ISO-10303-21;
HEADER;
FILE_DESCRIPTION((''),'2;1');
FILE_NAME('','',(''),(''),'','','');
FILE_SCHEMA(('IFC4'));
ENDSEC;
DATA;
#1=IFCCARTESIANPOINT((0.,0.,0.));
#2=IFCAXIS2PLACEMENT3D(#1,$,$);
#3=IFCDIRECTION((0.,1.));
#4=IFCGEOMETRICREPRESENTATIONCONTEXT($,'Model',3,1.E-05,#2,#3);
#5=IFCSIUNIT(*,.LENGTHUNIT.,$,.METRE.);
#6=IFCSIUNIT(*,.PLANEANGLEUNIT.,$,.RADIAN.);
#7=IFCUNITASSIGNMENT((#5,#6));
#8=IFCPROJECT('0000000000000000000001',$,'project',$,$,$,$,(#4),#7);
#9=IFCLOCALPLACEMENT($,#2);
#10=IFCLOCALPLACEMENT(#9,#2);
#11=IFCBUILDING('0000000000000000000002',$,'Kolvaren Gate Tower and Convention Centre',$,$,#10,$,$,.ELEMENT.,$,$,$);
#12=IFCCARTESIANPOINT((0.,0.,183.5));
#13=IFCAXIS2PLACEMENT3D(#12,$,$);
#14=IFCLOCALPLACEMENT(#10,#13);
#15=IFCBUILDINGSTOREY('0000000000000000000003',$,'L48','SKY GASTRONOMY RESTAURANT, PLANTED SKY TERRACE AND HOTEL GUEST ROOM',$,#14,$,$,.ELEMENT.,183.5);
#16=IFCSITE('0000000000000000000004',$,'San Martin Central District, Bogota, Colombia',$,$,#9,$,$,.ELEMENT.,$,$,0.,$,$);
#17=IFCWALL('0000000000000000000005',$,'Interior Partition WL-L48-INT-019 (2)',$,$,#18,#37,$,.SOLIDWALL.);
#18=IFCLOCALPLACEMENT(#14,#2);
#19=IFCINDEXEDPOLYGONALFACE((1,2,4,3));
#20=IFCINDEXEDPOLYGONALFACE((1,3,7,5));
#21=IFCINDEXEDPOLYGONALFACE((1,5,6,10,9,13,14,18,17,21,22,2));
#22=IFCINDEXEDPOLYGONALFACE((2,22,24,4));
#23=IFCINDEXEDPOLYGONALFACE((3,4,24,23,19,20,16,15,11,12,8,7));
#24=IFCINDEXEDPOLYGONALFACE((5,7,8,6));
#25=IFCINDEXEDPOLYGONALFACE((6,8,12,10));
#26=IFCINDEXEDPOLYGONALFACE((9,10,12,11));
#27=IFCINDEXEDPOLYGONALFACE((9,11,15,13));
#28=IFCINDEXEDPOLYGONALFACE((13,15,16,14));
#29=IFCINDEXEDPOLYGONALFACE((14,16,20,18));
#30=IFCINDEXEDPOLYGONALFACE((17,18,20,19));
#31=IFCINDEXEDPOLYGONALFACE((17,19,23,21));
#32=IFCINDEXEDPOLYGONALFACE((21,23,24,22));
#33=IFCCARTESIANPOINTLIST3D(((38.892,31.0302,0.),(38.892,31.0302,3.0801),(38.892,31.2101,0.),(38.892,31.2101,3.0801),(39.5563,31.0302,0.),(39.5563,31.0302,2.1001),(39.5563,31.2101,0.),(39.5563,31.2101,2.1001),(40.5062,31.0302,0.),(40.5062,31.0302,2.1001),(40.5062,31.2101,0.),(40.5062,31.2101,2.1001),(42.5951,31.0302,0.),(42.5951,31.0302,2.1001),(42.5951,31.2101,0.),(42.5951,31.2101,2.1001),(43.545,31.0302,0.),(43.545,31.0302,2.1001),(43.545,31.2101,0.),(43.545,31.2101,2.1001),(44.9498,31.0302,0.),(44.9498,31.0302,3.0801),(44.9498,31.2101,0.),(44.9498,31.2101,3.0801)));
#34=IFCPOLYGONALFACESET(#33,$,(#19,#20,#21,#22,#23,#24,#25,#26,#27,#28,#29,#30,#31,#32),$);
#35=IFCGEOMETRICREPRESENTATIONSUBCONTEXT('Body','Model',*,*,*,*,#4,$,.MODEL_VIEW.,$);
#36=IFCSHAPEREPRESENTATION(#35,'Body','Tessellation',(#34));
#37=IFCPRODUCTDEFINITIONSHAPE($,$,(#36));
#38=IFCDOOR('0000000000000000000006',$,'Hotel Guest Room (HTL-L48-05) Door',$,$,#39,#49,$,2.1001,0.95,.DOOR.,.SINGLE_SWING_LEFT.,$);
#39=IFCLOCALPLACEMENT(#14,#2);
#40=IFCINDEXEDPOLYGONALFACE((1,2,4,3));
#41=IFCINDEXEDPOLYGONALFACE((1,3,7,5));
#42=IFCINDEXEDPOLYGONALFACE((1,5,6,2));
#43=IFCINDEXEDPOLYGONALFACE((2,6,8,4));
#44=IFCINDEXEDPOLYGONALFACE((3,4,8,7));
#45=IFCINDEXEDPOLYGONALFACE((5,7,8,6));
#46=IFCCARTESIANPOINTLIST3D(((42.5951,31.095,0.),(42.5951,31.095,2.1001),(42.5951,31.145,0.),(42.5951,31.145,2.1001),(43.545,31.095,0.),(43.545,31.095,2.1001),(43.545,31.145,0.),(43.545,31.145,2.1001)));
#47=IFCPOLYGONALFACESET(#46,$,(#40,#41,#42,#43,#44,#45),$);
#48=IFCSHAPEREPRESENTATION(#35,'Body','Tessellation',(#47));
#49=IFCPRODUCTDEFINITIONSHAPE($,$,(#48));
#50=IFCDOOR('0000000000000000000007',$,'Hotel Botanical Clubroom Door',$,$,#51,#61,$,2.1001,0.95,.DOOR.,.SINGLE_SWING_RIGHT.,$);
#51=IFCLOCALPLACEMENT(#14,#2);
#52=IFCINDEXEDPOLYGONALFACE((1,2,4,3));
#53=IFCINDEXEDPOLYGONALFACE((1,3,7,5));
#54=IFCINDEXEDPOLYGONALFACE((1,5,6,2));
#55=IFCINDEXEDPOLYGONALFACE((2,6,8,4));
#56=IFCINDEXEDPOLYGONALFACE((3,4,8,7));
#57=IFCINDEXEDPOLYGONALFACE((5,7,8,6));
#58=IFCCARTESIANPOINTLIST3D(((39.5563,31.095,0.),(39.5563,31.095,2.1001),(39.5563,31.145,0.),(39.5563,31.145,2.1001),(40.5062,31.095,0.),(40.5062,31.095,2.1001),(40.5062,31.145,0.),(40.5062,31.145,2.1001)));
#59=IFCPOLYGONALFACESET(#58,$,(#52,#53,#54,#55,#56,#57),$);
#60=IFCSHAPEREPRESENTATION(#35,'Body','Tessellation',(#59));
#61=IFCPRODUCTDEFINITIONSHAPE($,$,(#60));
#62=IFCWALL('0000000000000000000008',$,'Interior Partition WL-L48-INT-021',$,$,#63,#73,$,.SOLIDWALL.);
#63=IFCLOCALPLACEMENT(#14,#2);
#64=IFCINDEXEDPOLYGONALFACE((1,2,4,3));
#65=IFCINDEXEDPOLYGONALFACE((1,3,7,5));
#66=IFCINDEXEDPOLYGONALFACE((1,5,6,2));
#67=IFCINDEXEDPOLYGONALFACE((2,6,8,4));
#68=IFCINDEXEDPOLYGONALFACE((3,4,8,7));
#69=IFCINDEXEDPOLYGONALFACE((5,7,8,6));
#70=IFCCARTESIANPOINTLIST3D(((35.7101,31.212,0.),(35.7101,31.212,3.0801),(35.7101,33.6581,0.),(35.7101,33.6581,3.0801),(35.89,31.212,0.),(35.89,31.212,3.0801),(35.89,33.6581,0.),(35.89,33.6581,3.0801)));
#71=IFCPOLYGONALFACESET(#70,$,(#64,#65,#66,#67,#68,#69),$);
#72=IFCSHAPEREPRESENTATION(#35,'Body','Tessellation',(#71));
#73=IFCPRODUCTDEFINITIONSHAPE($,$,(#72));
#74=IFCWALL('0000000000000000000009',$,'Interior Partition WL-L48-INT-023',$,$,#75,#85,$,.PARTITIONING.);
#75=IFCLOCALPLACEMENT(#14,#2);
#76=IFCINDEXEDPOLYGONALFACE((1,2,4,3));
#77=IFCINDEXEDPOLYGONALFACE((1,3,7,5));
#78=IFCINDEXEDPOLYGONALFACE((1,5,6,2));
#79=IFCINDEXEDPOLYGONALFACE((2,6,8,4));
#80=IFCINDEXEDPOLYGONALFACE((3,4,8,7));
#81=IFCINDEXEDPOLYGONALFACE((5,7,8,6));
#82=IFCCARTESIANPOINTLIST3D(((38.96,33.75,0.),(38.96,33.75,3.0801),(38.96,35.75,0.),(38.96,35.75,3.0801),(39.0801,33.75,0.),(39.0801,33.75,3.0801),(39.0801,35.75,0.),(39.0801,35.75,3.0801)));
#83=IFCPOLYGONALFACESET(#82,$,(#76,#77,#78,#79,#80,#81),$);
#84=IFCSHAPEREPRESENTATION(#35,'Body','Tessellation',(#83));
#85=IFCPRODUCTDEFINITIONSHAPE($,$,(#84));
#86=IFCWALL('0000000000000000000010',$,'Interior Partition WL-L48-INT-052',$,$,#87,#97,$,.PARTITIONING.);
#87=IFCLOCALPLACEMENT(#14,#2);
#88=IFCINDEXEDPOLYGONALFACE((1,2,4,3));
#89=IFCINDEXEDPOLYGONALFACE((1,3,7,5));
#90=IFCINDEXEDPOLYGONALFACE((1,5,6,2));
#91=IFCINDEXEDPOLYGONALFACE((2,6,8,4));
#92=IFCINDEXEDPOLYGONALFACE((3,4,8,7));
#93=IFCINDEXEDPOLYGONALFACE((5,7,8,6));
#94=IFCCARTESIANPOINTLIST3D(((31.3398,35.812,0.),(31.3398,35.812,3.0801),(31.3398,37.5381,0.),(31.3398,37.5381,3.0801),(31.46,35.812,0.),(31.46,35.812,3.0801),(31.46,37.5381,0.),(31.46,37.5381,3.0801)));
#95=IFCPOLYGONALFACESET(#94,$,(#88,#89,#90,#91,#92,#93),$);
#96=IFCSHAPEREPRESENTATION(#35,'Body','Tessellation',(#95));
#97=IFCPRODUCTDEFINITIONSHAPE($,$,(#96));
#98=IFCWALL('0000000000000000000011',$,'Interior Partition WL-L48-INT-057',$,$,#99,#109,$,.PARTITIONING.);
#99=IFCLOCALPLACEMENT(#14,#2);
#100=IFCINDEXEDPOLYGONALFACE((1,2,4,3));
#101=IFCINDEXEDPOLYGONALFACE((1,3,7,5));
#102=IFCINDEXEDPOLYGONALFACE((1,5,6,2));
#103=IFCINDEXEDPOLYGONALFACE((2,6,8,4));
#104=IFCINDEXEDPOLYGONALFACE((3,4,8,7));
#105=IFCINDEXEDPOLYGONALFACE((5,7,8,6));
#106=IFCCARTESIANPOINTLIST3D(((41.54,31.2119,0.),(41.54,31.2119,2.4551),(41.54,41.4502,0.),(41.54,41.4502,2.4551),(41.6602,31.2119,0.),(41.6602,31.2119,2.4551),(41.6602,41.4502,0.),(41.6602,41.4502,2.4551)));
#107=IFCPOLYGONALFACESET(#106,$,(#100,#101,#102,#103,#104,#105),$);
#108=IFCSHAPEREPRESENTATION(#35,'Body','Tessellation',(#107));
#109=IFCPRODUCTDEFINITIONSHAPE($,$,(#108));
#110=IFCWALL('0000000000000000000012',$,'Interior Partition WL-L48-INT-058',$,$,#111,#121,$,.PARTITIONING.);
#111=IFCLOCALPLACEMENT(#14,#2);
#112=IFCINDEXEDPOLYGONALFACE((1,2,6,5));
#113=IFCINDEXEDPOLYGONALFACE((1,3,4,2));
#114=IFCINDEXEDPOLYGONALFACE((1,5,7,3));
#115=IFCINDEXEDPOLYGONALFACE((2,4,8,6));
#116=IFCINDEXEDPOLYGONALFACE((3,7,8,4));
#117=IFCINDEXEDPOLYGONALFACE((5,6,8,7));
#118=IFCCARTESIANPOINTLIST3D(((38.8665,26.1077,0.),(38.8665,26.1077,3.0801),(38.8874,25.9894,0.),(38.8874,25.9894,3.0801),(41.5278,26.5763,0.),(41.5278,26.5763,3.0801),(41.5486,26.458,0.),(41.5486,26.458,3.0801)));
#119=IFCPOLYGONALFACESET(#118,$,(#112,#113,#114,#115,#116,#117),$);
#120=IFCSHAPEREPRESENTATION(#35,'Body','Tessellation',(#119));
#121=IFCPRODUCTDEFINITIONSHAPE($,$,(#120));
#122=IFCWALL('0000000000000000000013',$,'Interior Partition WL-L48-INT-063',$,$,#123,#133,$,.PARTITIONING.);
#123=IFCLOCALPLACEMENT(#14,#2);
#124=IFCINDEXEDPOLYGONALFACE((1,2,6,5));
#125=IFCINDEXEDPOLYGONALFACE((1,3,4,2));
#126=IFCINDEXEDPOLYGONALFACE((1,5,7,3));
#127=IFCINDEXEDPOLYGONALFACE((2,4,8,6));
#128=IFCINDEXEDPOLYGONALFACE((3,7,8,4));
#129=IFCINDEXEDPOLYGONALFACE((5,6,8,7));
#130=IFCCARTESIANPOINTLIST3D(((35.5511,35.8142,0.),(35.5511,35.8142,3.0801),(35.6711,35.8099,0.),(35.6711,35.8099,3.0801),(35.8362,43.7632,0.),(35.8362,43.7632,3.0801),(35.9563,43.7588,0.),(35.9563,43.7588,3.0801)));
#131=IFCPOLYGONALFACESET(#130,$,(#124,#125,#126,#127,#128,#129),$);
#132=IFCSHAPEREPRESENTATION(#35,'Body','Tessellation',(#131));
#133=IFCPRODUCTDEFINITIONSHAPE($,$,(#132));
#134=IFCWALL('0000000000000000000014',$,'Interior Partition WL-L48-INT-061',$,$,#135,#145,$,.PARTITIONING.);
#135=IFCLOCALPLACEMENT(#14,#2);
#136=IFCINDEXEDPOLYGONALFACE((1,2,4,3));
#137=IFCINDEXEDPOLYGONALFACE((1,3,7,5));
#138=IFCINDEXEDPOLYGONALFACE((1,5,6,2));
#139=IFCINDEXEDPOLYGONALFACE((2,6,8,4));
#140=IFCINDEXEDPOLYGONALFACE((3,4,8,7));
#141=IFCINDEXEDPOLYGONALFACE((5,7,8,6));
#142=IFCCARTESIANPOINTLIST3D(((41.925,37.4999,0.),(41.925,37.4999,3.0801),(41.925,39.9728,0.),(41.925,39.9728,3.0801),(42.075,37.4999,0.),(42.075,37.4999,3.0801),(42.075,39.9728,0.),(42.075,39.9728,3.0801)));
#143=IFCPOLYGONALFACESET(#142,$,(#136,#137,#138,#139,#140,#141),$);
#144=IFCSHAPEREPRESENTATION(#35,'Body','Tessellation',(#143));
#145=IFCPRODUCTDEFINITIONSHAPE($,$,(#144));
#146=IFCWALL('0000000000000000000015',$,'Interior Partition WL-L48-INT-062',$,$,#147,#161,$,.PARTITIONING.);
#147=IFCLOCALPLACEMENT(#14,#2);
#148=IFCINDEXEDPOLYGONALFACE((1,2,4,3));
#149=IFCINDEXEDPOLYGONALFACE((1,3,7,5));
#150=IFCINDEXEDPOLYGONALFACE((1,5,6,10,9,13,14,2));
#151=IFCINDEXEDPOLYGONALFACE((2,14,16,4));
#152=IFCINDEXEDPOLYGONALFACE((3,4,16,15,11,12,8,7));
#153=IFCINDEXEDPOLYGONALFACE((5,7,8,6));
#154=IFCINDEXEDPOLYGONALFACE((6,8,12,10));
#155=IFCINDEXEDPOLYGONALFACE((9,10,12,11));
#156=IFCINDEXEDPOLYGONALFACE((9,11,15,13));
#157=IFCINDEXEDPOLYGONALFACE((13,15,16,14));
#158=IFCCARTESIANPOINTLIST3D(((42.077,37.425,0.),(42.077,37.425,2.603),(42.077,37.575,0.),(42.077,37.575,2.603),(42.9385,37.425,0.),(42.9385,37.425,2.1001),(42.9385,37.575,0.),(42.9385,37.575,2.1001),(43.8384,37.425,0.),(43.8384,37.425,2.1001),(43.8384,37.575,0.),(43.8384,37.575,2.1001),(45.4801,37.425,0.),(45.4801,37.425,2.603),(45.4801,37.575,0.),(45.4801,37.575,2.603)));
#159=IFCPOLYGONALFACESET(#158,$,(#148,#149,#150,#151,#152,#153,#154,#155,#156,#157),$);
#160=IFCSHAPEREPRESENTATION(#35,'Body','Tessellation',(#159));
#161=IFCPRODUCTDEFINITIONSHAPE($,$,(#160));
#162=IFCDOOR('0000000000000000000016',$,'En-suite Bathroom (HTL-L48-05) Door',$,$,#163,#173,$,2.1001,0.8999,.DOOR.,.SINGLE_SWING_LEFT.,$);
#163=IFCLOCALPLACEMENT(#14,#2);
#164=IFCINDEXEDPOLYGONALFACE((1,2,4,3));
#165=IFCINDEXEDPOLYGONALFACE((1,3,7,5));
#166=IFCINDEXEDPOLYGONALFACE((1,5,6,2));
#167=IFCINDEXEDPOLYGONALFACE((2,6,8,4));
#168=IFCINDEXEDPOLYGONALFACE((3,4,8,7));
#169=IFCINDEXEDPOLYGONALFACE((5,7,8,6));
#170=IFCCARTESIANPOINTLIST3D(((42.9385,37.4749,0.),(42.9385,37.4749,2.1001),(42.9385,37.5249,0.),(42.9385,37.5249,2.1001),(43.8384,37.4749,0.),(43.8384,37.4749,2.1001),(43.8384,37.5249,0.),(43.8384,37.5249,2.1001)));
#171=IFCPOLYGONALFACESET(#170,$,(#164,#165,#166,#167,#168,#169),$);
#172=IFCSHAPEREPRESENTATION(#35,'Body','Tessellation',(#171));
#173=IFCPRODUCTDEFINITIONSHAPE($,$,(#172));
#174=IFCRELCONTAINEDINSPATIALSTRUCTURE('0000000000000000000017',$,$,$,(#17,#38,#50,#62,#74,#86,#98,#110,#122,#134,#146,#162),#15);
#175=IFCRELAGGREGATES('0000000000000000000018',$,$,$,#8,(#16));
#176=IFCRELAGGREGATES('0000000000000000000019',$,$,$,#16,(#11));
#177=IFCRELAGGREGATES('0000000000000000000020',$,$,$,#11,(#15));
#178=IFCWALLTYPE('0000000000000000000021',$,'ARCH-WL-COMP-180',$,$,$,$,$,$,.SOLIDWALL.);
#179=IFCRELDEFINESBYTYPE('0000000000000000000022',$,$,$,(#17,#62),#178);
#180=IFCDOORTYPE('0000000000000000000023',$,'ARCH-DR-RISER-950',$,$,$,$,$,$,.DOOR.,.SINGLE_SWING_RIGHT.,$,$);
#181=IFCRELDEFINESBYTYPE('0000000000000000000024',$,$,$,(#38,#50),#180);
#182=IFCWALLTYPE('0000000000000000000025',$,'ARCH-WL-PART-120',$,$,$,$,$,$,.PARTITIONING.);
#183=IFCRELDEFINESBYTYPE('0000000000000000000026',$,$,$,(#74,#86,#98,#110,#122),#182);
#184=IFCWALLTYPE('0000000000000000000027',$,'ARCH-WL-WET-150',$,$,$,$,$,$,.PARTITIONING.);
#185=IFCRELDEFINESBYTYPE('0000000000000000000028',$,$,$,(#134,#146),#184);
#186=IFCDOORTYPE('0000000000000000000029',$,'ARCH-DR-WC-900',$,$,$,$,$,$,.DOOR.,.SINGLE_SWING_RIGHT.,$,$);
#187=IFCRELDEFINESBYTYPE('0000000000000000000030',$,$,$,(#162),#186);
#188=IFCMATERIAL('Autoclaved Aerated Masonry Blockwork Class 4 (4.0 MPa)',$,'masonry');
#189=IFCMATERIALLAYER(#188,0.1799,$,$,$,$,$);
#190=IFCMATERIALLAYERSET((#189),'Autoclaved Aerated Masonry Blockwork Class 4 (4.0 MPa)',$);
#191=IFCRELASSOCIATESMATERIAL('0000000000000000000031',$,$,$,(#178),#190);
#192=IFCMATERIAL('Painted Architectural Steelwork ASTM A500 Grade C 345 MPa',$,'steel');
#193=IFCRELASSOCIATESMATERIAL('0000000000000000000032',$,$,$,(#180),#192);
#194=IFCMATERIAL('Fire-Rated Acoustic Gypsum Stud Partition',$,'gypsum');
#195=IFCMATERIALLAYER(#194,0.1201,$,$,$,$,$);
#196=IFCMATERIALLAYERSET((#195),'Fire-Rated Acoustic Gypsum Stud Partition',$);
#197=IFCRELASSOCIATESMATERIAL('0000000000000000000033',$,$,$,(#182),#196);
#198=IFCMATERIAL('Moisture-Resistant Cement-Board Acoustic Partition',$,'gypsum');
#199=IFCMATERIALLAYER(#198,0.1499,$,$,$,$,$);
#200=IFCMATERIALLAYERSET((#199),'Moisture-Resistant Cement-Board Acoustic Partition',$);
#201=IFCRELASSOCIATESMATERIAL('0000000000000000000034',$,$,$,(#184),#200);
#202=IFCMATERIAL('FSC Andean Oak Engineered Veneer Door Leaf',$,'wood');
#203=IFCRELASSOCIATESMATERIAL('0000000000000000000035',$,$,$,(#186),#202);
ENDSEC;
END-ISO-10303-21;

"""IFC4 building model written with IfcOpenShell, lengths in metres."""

from ifc_helpers import new_model, si_unit, direction, frame, frame_2d, origin, place, context, subcontext, project, spatial, rectangle, extrude, material, layer, layer_set, type_object, element, fill, save


model = new_model("IFC4")

# Units and contexts
model_context = context("Model", 3, precision=1e-05, world=origin(), true_north=direction((0.0, 1.0)))
body_context = subcontext(model_context, "Body", "Model", "MODEL_VIEW")
ifc_project = project(units=[si_unit("LENGTHUNIT", "METRE"), si_unit("PLANEANGLEUNIT", "RADIAN")], contexts=[model_context])

# Site, building, storey
site_placement = place(None, origin())
site = spatial("IfcSite", under=ifc_project, at=site_placement, Name="San Martin Central District, Bogota, Colombia", CompositionType="ELEMENT", RefElevation=0.0)
building_placement = place(site_placement, origin())
building = spatial("IfcBuilding", under=site, at=building_placement, Name="Kolvaren Gate Tower and Convention Centre", CompositionType="ELEMENT")
storey_placement = place(building_placement, frame((0.0, 0.0, 183.5)))
storey = spatial("IfcBuildingStorey", under=building, at=storey_placement, Name="L48", Description="SKY GASTRONOMY RESTAURANT, PLANTED SKY TERRACE AND HOTEL GUEST ROOM", CompositionType="ELEMENT", Elevation=183.5)

# Shared definitions
ifc_material_1 = material(Name="Autoclaved Aerated Masonry Blockwork Class 4 (4.0 MPa)", Category="masonry")
ifc_layer_1 = layer(ifc_material_1, 0.1799)
ifc_layer_set_1 = layer_set([ifc_layer_1], Name="Autoclaved Aerated Masonry Blockwork Class 4 (4.0 MPa)")
wall_type_1 = type_object("IfcWallType", Name="ARCH-WL-COMP-180", PredefinedType="SOLIDWALL", material=ifc_layer_set_1)

# Wall, openings, doors
wall_1_placement = place(storey_placement, frame((38.8921, 31.1201, 0.0), z_axis=(0.0, 0.0, 1.0), x_axis=(1.0, 0.0, 0.0)))
wall_1 = element("IfcWall", 1, at=wall_1_placement, inside=storey, type_object=wall_type_1, Name="Interior Partition WL-L48-INT-019 (2)", PredefinedType="SOLIDWALL", context=body_context, shape_type="SweptSolid", body=[
    extrude(rectangle(XDim=6.0579, YDim=0.1799, at=frame_2d((3.0288, 0.0))), origin(), (0.0, 0.0, 1.0), 3.0801),
])
opening_1_placement = place(wall_1_placement, frame((3.7029, 0.0, 0.0)))
opening_1 = element("IfcOpeningElement", 2, at=opening_1_placement, cuts=wall_1, PredefinedType="OPENING", context=body_context, shape_type="SweptSolid", body=[
    extrude(rectangle(XDim=0.95, YDim=2.1001, at=frame_2d((0.4751, 1.05))), frame((0.0, 0.0999, 0.0), z_axis=(0.0, -1.0, 0.0), x_axis=(1.0, 0.0, 0.0)), (0.0, 0.0, 1.0), 0.2),
])
opening_2_placement = place(wall_1_placement, frame((0.6641, 0.0, 0.0)))
opening_2 = element("IfcOpeningElement", 3, at=opening_2_placement, cuts=wall_1, PredefinedType="OPENING", context=body_context, shape_type="SweptSolid", body=[
    extrude(rectangle(XDim=0.95, YDim=2.1001, at=frame_2d((0.4751, 1.05))), frame((0.0, 0.0999, 0.0), z_axis=(0.0, -1.0, 0.0), x_axis=(1.0, 0.0, 0.0)), (0.0, 0.0, 1.0), 0.2),
])
ifc_material_2 = material(Name="Painted Architectural Steelwork ASTM A500 Grade C 345 MPa", Category="steel")
door_type_1 = type_object("IfcDoorType", Name="ARCH-DR-RISER-950", OperationType="SINGLE_SWING_RIGHT", PredefinedType="DOOR", material=ifc_material_2)
door_1_placement = place(opening_1_placement, origin())
door_1 = element("IfcDoor", 4, at=door_1_placement, inside=storey, type_object=door_type_1, Name="Hotel Guest Room (HTL-L48-05) Door", OperationType="SINGLE_SWING_LEFT", OverallHeight=2.1001, OverallWidth=0.95, PredefinedType="DOOR", context=body_context, shape_type="SweptSolid", body=[
    extrude(rectangle(XDim=0.95, YDim=2.1001, at=frame_2d((0.4751, 1.05))), frame((0.0, 0.0249, 0.0), z_axis=(0.0, -1.0, 0.0), x_axis=(1.0, 0.0, 0.0)), (0.0, 0.0, 1.0), 0.05),
])
fill(opening_1, door_1)
door_2_placement = place(opening_2_placement, origin())
door_2 = element("IfcDoor", 5, at=door_2_placement, inside=storey, type_object=door_type_1, Name="Hotel Botanical Clubroom Door", OperationType="SINGLE_SWING_RIGHT", OverallHeight=2.1001, OverallWidth=0.95, PredefinedType="DOOR", context=body_context, shape_type="SweptSolid", body=[
    extrude(rectangle(XDim=0.95, YDim=2.1001, at=frame_2d((0.4751, 1.05))), frame((0.0, 0.0249, 0.0), z_axis=(0.0, -1.0, 0.0), x_axis=(1.0, 0.0, 0.0)), (0.0, 0.0, 1.0), 0.05),
])
fill(opening_2, door_2)

# Walls
wall_2_placement = place(storey_placement, frame((35.8, 31.2119, 0.0), z_axis=(0.0, 0.0, 1.0), x_axis=(0.0, 1.0, 0.0)))
element("IfcWall", 6, at=wall_2_placement, inside=storey, type_object=wall_type_1, Name="Interior Partition WL-L48-INT-021", PredefinedType="SOLIDWALL", context=body_context, shape_type="SweptSolid", body=[
    extrude(rectangle(XDim=2.446, YDim=0.1799, at=frame_2d((1.2231, 0.0))), origin(), (0.0, 0.0, 1.0), 3.0801),
])
ifc_material_3 = material(Name="Fire-Rated Acoustic Gypsum Stud Partition", Category="gypsum")
ifc_layer_2 = layer(ifc_material_3, 0.1201)
ifc_layer_set_2 = layer_set([ifc_layer_2], Name="Fire-Rated Acoustic Gypsum Stud Partition")
wall_type_2 = type_object("IfcWallType", Name="ARCH-WL-PART-120", PredefinedType="PARTITIONING", material=ifc_layer_set_2)
wall_3_placement = place(storey_placement, frame((39.02, 33.75, 0.0), z_axis=(0.0, 0.0, 1.0), x_axis=(0.0, 1.0, 0.0)))
element("IfcWall", 7, at=wall_3_placement, inside=storey, type_object=wall_type_2, Name="Interior Partition WL-L48-INT-023", PredefinedType="PARTITIONING", context=body_context, shape_type="SweptSolid", body=[
    extrude(rectangle(XDim=2.0, YDim=0.1201, at=frame_2d((1.0, 0.0))), origin(), (0.0, 0.0, 1.0), 3.0801),
])
wall_4_placement = place(storey_placement, frame((31.3999, 35.812, 0.0), z_axis=(0.0, 0.0, 1.0), x_axis=(0.0, 1.0, 0.0)))
element("IfcWall", 8, at=wall_4_placement, inside=storey, type_object=wall_type_2, Name="Interior Partition WL-L48-INT-052", PredefinedType="PARTITIONING", context=body_context, shape_type="SweptSolid", body=[
    extrude(rectangle(XDim=1.7261, YDim=0.1201, at=frame_2d((0.863, 0.0))), origin(), (0.0, 0.0, 1.0), 3.0801),
])
wall_5_placement = place(storey_placement, frame((41.6001, 31.2119, 0.0), z_axis=(0.0, 0.0, 1.0), x_axis=(0.0, 1.0, 0.0)))
element("IfcWall", 9, at=wall_5_placement, inside=storey, type_object=wall_type_2, Name="Interior Partition WL-L48-INT-057", PredefinedType="PARTITIONING", context=body_context, shape_type="SweptSolid", body=[
    extrude(rectangle(XDim=10.2383, YDim=0.1201, at=frame_2d((5.1191, 0.0))), origin(), (0.0, 0.0, 1.0), 2.4551),
])
wall_6_placement = place(storey_placement, frame((38.877, 26.0486, 0.0), z_axis=(0.0, 0.0, 1.0), x_axis=(0.984854, 0.173388, 0.0)))
element("IfcWall", 10, at=wall_6_placement, inside=storey, type_object=wall_type_2, Name="Interior Partition WL-L48-INT-058", PredefinedType="PARTITIONING", context=body_context, shape_type="SweptSolid", body=[
    extrude(rectangle(XDim=2.7021, YDim=0.1201, at=frame_2d((1.3511, 0.0))), origin(), (0.0, 0.0, 1.0), 3.0801),
])
wall_7_placement = place(storey_placement, frame((35.6111, 35.812, 0.0), z_axis=(0.0, 0.0, 1.0), x_axis=(0.03585, 0.999357, 0.0)))
element("IfcWall", 11, at=wall_7_placement, inside=storey, type_object=wall_type_2, Name="Interior Partition WL-L48-INT-063", PredefinedType="PARTITIONING", context=body_context, shape_type="SweptSolid", body=[
    extrude(rectangle(XDim=7.9541, YDim=0.1201, at=frame_2d((3.9771, 0.0))), origin(), (0.0, 0.0, 1.0), 3.0801),
])
ifc_material_4 = material(Name="Moisture-Resistant Cement-Board Acoustic Partition", Category="gypsum")
ifc_layer_3 = layer(ifc_material_4, 0.1499)
ifc_layer_set_3 = layer_set([ifc_layer_3], Name="Moisture-Resistant Cement-Board Acoustic Partition")
wall_type_3 = type_object("IfcWallType", Name="ARCH-WL-WET-150", PredefinedType="PARTITIONING", material=ifc_layer_set_3)
wall_8_placement = place(storey_placement, frame((42.0, 37.5, 0.0), z_axis=(0.0, 0.0, 1.0), x_axis=(0.0, 1.0, 0.0)))
element("IfcWall", 12, at=wall_8_placement, inside=storey, type_object=wall_type_3, Name="Interior Partition WL-L48-INT-061", PredefinedType="PARTITIONING", context=body_context, shape_type="SweptSolid", body=[
    extrude(rectangle(XDim=2.4729, YDim=0.1499, at=frame_2d((1.2363, 0.0))), origin(), (0.0, 0.0, 1.0), 3.0801),
])

# Wall, opening, door
wall_9_placement = place(storey_placement, frame((42.0769, 37.5, 0.0), z_axis=(0.0, 0.0, 1.0), x_axis=(1.0, 0.0, 0.0)))
wall_9 = element("IfcWall", 13, at=wall_9_placement, inside=storey, type_object=wall_type_3, Name="Interior Partition WL-L48-INT-062", PredefinedType="PARTITIONING", context=body_context, shape_type="SweptSolid", body=[
    extrude(rectangle(XDim=3.4031, YDim=0.1499, at=frame_2d((1.7017, 0.0))), origin(), (0.0, 0.0, 1.0), 2.603),
])
opening_3_placement = place(wall_9_placement, frame((0.8616, 0.0, 0.0)))
opening_3 = element("IfcOpeningElement", 14, at=opening_3_placement, cuts=wall_9, PredefinedType="OPENING", context=body_context, shape_type="SweptSolid", body=[
    extrude(rectangle(XDim=0.8999, YDim=2.1001, at=frame_2d((0.45, 1.05))), frame((0.0, 0.085, 0.0), z_axis=(0.0, -1.0, 0.0), x_axis=(1.0, 0.0, 0.0)), (0.0, 0.0, 1.0), 0.1699),
])
ifc_material_5 = material(Name="FSC Andean Oak Engineered Veneer Door Leaf", Category="wood")
door_type_2 = type_object("IfcDoorType", Name="ARCH-DR-WC-900", OperationType="SINGLE_SWING_RIGHT", PredefinedType="DOOR", material=ifc_material_5)
door_3_placement = place(opening_3_placement, origin())
door_3 = element("IfcDoor", 15, at=door_3_placement, inside=storey, type_object=door_type_2, Name="En-suite Bathroom (HTL-L48-05) Door", OperationType="SINGLE_SWING_LEFT", OverallHeight=2.1001, OverallWidth=0.8999, PredefinedType="DOOR", context=body_context, shape_type="SweptSolid", body=[
    extrude(rectangle(XDim=0.8999, YDim=2.1001, at=frame_2d((0.45, 1.05))), frame((0.0, 0.0249, 0.0), z_axis=(0.0, -1.0, 0.0), x_axis=(1.0, 0.0, 0.0)), (0.0, 0.0, 1.0), 0.05),
])
fill(opening_3, door_3)

save(model, "model.ifc")
